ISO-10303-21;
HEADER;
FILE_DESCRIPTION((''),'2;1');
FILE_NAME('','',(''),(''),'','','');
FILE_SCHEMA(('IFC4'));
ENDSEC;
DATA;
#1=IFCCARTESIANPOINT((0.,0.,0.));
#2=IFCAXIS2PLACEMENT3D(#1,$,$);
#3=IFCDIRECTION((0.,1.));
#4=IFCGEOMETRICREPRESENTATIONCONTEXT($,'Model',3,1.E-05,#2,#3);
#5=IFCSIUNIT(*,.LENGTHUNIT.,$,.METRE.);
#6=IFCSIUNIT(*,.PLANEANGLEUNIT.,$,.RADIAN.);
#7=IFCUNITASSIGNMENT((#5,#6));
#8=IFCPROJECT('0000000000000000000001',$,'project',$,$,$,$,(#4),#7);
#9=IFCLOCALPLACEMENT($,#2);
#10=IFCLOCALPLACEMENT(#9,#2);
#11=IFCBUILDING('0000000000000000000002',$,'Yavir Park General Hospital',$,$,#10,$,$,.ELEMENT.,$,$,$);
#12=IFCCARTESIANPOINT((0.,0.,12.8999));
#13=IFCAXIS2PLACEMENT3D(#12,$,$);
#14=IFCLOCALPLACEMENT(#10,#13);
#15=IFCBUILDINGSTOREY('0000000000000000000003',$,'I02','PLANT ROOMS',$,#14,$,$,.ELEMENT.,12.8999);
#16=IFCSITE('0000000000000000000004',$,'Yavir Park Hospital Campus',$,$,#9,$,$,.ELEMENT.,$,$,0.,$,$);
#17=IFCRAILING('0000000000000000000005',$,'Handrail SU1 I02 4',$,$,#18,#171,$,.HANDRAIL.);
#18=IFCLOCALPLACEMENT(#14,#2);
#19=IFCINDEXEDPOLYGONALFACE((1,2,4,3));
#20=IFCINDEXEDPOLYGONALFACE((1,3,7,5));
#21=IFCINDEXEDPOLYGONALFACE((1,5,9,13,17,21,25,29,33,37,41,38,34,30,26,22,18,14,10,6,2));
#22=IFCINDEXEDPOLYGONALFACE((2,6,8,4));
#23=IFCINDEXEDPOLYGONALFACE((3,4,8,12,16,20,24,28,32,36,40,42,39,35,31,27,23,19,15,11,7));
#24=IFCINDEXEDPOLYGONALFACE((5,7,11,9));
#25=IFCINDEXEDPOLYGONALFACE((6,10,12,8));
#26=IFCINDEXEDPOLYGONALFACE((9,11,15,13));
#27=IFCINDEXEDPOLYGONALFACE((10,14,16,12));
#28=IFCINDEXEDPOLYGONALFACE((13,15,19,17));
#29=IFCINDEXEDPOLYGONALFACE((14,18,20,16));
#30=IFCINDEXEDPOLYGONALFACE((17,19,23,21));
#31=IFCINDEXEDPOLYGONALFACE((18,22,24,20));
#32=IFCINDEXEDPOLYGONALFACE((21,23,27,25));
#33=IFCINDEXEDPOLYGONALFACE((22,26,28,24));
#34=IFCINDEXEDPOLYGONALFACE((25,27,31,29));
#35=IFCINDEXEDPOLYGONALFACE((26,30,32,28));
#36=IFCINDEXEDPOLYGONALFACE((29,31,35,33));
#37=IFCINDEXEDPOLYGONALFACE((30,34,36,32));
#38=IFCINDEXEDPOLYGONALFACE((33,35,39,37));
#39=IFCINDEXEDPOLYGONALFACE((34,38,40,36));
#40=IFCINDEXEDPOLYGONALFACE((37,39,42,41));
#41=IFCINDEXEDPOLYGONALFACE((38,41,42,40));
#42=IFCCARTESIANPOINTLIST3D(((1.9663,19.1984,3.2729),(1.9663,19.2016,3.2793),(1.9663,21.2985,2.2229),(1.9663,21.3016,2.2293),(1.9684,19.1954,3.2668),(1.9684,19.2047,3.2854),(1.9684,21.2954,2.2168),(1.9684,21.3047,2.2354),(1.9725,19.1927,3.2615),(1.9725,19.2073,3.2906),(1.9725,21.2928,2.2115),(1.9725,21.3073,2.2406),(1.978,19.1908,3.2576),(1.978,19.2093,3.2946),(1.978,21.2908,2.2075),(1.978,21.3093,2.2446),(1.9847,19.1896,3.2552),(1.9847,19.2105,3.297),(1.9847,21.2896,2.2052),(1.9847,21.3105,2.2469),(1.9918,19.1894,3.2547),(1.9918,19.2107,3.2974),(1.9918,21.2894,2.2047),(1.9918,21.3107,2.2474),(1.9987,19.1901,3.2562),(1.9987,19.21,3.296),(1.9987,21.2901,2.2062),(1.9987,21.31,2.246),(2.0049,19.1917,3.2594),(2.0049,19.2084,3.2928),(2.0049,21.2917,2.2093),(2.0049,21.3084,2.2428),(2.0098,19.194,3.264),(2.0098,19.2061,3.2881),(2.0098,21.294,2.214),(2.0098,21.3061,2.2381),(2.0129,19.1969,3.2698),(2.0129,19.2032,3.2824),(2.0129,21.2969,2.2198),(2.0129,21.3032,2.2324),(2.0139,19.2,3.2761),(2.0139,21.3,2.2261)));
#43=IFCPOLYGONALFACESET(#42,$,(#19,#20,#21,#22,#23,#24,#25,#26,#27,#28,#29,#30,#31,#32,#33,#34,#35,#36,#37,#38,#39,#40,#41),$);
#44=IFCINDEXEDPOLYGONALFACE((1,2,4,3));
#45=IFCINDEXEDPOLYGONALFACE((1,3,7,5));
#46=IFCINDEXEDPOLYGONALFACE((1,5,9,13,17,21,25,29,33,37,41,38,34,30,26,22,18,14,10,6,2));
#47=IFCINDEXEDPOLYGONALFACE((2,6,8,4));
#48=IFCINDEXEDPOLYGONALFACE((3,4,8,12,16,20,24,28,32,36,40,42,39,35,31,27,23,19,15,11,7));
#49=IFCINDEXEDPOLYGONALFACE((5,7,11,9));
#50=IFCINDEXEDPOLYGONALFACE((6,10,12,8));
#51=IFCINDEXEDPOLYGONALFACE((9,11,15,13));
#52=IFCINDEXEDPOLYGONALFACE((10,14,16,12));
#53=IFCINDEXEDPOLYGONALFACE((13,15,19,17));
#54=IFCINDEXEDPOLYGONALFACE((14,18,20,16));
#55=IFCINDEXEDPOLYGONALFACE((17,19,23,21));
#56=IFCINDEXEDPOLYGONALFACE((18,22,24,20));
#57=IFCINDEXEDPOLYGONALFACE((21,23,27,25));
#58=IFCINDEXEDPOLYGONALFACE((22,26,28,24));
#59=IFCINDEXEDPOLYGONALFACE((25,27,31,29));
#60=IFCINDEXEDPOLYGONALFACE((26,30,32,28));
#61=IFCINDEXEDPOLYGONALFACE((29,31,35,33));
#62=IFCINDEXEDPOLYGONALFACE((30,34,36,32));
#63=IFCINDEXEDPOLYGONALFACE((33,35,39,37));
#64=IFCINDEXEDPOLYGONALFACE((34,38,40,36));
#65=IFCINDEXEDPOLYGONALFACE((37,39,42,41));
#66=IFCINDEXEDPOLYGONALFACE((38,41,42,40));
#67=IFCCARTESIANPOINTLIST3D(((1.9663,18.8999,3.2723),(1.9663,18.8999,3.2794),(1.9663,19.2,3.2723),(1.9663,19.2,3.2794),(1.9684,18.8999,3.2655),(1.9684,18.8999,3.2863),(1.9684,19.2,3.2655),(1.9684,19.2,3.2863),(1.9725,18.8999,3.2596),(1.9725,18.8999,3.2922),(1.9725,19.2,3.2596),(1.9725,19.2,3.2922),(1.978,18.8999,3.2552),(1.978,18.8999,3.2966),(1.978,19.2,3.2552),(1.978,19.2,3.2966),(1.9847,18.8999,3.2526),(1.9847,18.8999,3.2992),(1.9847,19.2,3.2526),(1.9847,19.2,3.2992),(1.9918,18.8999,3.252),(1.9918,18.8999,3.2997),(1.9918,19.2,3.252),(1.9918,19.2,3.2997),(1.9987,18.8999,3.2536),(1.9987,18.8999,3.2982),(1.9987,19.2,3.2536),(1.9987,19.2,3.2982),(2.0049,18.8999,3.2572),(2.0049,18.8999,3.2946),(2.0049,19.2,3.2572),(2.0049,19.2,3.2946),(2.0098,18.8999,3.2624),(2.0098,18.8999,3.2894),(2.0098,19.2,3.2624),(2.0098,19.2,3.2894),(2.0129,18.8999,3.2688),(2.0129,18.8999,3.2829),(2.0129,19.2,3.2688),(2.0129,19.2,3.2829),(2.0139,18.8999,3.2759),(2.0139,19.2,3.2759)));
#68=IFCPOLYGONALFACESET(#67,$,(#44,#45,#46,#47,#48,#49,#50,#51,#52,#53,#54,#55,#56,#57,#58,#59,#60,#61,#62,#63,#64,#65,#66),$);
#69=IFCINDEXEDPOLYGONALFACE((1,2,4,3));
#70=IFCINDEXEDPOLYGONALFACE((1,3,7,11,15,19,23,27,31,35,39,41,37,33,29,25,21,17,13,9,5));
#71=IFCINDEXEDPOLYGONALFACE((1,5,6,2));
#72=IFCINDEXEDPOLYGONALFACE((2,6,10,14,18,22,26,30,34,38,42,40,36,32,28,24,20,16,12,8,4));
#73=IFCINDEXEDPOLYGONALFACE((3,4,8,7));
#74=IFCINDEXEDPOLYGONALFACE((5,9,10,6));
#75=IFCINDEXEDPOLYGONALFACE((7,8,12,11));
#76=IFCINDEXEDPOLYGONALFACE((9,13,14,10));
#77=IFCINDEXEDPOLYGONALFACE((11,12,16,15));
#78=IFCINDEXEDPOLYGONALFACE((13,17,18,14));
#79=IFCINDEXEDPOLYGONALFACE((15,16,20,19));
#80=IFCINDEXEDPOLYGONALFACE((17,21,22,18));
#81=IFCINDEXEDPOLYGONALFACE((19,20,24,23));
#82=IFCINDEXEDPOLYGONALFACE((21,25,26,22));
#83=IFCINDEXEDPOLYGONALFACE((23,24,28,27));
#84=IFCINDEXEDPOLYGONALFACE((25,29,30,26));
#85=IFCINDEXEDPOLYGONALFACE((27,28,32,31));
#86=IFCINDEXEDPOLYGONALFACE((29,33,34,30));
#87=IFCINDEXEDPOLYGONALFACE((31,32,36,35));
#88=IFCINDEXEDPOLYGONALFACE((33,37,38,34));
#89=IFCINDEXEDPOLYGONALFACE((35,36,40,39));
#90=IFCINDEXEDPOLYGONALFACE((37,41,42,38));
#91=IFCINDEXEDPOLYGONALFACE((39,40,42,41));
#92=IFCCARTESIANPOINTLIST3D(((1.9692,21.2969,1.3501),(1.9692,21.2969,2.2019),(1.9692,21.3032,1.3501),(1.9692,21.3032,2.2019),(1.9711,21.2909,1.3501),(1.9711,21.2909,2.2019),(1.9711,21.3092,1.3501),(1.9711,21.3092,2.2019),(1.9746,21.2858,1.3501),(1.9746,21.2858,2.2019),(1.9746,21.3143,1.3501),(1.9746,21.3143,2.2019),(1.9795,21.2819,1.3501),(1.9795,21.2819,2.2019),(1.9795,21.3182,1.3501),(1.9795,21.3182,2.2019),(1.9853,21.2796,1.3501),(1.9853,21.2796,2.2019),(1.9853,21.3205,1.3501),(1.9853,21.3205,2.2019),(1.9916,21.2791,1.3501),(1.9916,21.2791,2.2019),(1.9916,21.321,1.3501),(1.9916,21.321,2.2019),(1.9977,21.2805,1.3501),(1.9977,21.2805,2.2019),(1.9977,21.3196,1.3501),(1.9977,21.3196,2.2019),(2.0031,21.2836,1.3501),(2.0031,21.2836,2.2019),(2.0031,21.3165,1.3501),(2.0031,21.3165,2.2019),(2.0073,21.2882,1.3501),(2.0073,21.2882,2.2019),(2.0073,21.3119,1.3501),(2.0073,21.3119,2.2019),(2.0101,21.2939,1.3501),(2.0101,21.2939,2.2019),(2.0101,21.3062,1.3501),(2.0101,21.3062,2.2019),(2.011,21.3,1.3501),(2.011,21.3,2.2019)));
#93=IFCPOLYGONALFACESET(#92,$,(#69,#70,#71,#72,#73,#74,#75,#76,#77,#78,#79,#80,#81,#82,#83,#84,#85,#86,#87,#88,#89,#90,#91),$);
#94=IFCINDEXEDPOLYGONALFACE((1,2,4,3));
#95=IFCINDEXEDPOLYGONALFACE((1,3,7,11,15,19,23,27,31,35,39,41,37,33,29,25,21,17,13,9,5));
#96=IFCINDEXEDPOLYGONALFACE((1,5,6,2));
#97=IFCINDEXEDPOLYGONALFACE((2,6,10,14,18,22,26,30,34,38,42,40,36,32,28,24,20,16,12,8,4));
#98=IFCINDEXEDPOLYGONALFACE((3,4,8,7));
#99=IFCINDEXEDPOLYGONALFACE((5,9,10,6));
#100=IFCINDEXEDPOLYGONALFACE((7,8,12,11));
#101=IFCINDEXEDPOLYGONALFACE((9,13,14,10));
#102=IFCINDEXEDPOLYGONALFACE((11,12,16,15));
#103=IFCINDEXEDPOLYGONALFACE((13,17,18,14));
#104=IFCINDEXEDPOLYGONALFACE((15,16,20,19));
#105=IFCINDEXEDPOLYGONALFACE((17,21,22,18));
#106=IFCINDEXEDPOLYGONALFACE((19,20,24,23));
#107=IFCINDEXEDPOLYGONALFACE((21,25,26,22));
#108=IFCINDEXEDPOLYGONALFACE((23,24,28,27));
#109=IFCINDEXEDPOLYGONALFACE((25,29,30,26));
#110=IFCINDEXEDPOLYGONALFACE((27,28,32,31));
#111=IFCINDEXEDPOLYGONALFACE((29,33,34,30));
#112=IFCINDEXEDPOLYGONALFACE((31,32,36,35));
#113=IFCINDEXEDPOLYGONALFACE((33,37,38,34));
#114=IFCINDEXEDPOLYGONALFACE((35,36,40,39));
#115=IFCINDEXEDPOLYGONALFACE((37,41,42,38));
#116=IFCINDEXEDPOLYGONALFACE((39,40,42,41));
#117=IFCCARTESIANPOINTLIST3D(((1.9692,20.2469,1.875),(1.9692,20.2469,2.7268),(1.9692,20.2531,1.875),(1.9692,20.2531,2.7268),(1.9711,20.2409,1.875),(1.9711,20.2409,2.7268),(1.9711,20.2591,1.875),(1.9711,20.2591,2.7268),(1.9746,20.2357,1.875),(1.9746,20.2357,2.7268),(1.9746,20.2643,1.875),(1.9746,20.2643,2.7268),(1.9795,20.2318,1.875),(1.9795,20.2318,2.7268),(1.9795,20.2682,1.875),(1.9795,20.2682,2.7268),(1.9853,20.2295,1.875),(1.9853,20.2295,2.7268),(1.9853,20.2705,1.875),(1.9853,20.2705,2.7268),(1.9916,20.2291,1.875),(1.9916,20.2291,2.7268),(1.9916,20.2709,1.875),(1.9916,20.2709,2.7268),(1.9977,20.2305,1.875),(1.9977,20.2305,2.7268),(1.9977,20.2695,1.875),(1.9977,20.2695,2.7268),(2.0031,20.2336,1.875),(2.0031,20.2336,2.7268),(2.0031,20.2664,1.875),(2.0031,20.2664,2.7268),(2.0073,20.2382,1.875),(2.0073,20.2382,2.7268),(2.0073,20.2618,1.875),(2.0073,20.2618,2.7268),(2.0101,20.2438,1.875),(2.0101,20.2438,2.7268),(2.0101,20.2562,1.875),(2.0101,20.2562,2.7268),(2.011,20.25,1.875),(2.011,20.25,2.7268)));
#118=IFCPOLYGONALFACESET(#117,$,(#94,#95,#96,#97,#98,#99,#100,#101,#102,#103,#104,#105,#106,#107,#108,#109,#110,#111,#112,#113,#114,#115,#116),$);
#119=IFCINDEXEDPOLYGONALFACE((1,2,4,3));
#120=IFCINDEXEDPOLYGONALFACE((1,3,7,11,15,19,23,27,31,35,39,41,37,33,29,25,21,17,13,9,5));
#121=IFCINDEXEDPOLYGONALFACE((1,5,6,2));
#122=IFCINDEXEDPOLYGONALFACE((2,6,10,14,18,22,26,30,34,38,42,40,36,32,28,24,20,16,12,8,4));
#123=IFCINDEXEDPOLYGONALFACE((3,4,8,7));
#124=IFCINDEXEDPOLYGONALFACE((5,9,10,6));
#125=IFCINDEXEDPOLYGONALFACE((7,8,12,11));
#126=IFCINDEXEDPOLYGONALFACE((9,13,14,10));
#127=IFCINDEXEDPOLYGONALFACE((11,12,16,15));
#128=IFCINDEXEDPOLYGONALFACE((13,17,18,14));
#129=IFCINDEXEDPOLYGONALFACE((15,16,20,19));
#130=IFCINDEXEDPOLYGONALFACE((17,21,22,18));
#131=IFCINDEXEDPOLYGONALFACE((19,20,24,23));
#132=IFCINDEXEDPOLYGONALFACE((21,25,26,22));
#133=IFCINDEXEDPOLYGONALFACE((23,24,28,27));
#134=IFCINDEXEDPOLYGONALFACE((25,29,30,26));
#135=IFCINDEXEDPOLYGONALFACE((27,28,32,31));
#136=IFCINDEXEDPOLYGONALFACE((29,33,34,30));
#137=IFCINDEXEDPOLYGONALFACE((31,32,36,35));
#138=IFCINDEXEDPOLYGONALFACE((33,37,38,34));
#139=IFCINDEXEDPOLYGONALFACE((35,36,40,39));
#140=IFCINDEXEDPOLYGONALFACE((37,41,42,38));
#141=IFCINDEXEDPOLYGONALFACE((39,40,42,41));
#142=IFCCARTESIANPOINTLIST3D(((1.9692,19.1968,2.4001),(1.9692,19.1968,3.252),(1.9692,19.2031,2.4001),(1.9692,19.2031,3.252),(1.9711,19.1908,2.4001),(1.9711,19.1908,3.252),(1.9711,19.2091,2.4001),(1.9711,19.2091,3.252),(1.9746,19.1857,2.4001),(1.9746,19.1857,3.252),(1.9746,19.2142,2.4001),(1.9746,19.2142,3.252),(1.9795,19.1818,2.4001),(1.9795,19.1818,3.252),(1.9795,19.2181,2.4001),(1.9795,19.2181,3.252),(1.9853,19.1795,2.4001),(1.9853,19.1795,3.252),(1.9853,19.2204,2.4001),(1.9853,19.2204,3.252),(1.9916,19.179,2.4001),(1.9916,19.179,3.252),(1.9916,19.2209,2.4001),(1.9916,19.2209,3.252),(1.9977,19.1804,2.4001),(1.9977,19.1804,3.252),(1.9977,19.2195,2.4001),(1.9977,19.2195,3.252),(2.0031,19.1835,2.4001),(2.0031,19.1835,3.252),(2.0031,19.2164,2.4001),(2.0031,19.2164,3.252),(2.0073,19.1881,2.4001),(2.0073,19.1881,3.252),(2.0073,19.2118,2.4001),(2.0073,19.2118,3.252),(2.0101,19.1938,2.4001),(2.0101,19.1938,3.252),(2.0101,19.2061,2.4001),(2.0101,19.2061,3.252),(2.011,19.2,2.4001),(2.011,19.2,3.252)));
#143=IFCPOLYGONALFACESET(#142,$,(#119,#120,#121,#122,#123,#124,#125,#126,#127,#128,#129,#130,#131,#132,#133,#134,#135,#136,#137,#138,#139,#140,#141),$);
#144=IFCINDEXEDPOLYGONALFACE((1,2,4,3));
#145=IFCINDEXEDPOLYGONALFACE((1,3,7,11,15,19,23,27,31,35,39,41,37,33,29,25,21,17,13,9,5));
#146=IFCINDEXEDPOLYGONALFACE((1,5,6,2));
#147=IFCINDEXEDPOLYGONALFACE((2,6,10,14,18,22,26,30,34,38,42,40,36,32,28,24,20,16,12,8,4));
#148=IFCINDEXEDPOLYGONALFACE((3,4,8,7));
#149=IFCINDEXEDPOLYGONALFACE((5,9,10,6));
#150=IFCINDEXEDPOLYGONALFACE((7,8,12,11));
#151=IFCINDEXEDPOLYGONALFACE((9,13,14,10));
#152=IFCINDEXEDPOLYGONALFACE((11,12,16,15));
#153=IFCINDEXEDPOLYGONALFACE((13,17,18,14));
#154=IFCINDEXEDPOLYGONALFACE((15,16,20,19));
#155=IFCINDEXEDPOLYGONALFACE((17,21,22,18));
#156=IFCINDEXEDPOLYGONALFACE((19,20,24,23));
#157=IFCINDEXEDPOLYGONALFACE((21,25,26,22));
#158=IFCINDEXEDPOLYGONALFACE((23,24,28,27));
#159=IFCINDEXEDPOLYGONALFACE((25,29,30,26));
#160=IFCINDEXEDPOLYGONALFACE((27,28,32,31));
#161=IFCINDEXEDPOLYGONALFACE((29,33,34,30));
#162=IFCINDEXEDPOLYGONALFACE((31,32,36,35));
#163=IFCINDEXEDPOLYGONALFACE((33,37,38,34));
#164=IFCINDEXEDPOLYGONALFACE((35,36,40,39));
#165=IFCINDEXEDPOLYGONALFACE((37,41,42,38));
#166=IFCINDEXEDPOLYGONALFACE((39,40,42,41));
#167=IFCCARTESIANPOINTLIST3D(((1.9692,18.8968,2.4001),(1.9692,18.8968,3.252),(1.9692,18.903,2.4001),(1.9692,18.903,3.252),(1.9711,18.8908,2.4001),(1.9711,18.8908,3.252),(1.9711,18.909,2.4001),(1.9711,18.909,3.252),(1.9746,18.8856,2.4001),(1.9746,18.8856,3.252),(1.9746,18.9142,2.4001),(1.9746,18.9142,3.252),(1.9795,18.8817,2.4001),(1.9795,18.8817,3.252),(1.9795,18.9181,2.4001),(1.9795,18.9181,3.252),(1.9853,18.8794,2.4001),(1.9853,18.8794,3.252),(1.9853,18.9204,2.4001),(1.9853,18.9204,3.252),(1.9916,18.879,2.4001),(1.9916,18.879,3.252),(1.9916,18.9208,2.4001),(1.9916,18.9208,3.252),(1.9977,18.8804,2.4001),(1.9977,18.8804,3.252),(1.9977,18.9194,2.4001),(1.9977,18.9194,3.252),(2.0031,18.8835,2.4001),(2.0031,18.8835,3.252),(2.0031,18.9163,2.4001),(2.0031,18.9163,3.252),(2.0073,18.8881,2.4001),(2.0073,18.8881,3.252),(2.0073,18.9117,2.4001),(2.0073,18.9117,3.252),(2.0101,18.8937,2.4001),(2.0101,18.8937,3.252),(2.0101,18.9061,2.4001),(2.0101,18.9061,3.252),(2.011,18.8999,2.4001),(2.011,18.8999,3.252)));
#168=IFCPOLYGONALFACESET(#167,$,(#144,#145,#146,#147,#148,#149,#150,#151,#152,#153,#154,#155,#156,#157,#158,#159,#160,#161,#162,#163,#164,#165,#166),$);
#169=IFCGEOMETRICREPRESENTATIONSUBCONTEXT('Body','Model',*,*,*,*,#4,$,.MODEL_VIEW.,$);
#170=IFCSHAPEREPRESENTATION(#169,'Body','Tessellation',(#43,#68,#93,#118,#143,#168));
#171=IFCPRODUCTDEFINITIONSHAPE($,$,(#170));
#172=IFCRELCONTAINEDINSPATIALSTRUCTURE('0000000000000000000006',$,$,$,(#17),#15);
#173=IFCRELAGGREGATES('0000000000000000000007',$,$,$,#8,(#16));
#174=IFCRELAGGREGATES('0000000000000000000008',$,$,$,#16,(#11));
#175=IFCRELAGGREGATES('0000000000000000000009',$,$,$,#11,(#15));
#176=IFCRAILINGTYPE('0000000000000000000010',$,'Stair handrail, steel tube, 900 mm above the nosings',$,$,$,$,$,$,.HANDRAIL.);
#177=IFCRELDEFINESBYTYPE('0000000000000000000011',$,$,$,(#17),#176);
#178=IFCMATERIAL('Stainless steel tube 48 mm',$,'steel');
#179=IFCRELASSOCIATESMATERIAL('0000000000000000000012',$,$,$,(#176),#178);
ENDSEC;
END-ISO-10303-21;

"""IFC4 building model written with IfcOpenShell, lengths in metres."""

from ifc_helpers import new_model, si_unit, direction, frame, origin, origin_2d, place, context, subcontext, project, spatial, circle, extrude, material, type_object, element, save


model = new_model("IFC4")

# Units and contexts
model_context = context("Model", 3, precision=1e-05, world=origin(), true_north=direction((0.0, 1.0)))
body_context = subcontext(model_context, "Body", "Model", "MODEL_VIEW")
ifc_project = project(units=[si_unit("LENGTHUNIT", "METRE"), si_unit("PLANEANGLEUNIT", "RADIAN")], contexts=[model_context])

# Site, building, storey
site_placement = place(None, origin())
site = spatial("IfcSite", under=ifc_project, at=site_placement, Name="Yavir Park Hospital Campus", CompositionType="ELEMENT", RefElevation=0.0)
building_placement = place(site_placement, origin())
building = spatial("IfcBuilding", under=site, at=building_placement, Name="Yavir Park General Hospital", CompositionType="ELEMENT")
storey_placement = place(building_placement, frame((0.0, 0.0, 12.8999)))
storey = spatial("IfcBuildingStorey", under=building, at=storey_placement, Name="I02", Description="PLANT ROOMS", CompositionType="ELEMENT", Elevation=12.8999)

# Railing
ifc_material_1 = material(Name="Stainless steel tube 48 mm", Category="steel")
railing_type_1 = type_object("IfcRailingType", Name="Stair handrail, steel tube, 900 mm above the nosings", PredefinedType="HANDRAIL", material=ifc_material_1)
for number, where, name in (
    (1, (1.99, 21.3, 1.3501), "Handrail SU1 I02 4"),
):
    element("IfcRailing", number, at=place(storey_placement, frame(where)), inside=storey, type_object=railing_type_1, Name=name, PredefinedType="HANDRAIL", context=body_context, shape_type="SweptSolid", body=[
        extrude(circle(Radius=0.0239, at=origin_2d()), frame((0.0, 0.0, 0.876), z_axis=(0.0, -0.894427, 0.447214), x_axis=(1.0, 0.0, 0.0)), (0.0, 0.0, 1.0), 2.3479),
        extrude(circle(Radius=0.0239, at=origin_2d()), frame((0.0, -2.1001, 1.9258), z_axis=(0.0, -1.0, 0.0), x_axis=(1.0, 0.0, 0.0)), (0.0, 0.0, 1.0), 0.3),
        extrude(circle(Radius=0.021, at=origin_2d()), origin(), (0.0, 0.0, 1.0), 0.8518),
        extrude(circle(Radius=0.021, at=origin_2d()), frame((0.0, -1.05, 0.5249)), (0.0, 0.0, 1.0), 0.8518),
        extrude(circle(Radius=0.021, at=origin_2d()), frame((0.0, -2.1001, 1.05)), (0.0, 0.0, 1.0), 0.8518),
        extrude(circle(Radius=0.021, at=origin_2d()), frame((0.0, -2.4001, 1.05)), (0.0, 0.0, 1.0), 0.8518),
    ])

save(model, "model.ifc")
